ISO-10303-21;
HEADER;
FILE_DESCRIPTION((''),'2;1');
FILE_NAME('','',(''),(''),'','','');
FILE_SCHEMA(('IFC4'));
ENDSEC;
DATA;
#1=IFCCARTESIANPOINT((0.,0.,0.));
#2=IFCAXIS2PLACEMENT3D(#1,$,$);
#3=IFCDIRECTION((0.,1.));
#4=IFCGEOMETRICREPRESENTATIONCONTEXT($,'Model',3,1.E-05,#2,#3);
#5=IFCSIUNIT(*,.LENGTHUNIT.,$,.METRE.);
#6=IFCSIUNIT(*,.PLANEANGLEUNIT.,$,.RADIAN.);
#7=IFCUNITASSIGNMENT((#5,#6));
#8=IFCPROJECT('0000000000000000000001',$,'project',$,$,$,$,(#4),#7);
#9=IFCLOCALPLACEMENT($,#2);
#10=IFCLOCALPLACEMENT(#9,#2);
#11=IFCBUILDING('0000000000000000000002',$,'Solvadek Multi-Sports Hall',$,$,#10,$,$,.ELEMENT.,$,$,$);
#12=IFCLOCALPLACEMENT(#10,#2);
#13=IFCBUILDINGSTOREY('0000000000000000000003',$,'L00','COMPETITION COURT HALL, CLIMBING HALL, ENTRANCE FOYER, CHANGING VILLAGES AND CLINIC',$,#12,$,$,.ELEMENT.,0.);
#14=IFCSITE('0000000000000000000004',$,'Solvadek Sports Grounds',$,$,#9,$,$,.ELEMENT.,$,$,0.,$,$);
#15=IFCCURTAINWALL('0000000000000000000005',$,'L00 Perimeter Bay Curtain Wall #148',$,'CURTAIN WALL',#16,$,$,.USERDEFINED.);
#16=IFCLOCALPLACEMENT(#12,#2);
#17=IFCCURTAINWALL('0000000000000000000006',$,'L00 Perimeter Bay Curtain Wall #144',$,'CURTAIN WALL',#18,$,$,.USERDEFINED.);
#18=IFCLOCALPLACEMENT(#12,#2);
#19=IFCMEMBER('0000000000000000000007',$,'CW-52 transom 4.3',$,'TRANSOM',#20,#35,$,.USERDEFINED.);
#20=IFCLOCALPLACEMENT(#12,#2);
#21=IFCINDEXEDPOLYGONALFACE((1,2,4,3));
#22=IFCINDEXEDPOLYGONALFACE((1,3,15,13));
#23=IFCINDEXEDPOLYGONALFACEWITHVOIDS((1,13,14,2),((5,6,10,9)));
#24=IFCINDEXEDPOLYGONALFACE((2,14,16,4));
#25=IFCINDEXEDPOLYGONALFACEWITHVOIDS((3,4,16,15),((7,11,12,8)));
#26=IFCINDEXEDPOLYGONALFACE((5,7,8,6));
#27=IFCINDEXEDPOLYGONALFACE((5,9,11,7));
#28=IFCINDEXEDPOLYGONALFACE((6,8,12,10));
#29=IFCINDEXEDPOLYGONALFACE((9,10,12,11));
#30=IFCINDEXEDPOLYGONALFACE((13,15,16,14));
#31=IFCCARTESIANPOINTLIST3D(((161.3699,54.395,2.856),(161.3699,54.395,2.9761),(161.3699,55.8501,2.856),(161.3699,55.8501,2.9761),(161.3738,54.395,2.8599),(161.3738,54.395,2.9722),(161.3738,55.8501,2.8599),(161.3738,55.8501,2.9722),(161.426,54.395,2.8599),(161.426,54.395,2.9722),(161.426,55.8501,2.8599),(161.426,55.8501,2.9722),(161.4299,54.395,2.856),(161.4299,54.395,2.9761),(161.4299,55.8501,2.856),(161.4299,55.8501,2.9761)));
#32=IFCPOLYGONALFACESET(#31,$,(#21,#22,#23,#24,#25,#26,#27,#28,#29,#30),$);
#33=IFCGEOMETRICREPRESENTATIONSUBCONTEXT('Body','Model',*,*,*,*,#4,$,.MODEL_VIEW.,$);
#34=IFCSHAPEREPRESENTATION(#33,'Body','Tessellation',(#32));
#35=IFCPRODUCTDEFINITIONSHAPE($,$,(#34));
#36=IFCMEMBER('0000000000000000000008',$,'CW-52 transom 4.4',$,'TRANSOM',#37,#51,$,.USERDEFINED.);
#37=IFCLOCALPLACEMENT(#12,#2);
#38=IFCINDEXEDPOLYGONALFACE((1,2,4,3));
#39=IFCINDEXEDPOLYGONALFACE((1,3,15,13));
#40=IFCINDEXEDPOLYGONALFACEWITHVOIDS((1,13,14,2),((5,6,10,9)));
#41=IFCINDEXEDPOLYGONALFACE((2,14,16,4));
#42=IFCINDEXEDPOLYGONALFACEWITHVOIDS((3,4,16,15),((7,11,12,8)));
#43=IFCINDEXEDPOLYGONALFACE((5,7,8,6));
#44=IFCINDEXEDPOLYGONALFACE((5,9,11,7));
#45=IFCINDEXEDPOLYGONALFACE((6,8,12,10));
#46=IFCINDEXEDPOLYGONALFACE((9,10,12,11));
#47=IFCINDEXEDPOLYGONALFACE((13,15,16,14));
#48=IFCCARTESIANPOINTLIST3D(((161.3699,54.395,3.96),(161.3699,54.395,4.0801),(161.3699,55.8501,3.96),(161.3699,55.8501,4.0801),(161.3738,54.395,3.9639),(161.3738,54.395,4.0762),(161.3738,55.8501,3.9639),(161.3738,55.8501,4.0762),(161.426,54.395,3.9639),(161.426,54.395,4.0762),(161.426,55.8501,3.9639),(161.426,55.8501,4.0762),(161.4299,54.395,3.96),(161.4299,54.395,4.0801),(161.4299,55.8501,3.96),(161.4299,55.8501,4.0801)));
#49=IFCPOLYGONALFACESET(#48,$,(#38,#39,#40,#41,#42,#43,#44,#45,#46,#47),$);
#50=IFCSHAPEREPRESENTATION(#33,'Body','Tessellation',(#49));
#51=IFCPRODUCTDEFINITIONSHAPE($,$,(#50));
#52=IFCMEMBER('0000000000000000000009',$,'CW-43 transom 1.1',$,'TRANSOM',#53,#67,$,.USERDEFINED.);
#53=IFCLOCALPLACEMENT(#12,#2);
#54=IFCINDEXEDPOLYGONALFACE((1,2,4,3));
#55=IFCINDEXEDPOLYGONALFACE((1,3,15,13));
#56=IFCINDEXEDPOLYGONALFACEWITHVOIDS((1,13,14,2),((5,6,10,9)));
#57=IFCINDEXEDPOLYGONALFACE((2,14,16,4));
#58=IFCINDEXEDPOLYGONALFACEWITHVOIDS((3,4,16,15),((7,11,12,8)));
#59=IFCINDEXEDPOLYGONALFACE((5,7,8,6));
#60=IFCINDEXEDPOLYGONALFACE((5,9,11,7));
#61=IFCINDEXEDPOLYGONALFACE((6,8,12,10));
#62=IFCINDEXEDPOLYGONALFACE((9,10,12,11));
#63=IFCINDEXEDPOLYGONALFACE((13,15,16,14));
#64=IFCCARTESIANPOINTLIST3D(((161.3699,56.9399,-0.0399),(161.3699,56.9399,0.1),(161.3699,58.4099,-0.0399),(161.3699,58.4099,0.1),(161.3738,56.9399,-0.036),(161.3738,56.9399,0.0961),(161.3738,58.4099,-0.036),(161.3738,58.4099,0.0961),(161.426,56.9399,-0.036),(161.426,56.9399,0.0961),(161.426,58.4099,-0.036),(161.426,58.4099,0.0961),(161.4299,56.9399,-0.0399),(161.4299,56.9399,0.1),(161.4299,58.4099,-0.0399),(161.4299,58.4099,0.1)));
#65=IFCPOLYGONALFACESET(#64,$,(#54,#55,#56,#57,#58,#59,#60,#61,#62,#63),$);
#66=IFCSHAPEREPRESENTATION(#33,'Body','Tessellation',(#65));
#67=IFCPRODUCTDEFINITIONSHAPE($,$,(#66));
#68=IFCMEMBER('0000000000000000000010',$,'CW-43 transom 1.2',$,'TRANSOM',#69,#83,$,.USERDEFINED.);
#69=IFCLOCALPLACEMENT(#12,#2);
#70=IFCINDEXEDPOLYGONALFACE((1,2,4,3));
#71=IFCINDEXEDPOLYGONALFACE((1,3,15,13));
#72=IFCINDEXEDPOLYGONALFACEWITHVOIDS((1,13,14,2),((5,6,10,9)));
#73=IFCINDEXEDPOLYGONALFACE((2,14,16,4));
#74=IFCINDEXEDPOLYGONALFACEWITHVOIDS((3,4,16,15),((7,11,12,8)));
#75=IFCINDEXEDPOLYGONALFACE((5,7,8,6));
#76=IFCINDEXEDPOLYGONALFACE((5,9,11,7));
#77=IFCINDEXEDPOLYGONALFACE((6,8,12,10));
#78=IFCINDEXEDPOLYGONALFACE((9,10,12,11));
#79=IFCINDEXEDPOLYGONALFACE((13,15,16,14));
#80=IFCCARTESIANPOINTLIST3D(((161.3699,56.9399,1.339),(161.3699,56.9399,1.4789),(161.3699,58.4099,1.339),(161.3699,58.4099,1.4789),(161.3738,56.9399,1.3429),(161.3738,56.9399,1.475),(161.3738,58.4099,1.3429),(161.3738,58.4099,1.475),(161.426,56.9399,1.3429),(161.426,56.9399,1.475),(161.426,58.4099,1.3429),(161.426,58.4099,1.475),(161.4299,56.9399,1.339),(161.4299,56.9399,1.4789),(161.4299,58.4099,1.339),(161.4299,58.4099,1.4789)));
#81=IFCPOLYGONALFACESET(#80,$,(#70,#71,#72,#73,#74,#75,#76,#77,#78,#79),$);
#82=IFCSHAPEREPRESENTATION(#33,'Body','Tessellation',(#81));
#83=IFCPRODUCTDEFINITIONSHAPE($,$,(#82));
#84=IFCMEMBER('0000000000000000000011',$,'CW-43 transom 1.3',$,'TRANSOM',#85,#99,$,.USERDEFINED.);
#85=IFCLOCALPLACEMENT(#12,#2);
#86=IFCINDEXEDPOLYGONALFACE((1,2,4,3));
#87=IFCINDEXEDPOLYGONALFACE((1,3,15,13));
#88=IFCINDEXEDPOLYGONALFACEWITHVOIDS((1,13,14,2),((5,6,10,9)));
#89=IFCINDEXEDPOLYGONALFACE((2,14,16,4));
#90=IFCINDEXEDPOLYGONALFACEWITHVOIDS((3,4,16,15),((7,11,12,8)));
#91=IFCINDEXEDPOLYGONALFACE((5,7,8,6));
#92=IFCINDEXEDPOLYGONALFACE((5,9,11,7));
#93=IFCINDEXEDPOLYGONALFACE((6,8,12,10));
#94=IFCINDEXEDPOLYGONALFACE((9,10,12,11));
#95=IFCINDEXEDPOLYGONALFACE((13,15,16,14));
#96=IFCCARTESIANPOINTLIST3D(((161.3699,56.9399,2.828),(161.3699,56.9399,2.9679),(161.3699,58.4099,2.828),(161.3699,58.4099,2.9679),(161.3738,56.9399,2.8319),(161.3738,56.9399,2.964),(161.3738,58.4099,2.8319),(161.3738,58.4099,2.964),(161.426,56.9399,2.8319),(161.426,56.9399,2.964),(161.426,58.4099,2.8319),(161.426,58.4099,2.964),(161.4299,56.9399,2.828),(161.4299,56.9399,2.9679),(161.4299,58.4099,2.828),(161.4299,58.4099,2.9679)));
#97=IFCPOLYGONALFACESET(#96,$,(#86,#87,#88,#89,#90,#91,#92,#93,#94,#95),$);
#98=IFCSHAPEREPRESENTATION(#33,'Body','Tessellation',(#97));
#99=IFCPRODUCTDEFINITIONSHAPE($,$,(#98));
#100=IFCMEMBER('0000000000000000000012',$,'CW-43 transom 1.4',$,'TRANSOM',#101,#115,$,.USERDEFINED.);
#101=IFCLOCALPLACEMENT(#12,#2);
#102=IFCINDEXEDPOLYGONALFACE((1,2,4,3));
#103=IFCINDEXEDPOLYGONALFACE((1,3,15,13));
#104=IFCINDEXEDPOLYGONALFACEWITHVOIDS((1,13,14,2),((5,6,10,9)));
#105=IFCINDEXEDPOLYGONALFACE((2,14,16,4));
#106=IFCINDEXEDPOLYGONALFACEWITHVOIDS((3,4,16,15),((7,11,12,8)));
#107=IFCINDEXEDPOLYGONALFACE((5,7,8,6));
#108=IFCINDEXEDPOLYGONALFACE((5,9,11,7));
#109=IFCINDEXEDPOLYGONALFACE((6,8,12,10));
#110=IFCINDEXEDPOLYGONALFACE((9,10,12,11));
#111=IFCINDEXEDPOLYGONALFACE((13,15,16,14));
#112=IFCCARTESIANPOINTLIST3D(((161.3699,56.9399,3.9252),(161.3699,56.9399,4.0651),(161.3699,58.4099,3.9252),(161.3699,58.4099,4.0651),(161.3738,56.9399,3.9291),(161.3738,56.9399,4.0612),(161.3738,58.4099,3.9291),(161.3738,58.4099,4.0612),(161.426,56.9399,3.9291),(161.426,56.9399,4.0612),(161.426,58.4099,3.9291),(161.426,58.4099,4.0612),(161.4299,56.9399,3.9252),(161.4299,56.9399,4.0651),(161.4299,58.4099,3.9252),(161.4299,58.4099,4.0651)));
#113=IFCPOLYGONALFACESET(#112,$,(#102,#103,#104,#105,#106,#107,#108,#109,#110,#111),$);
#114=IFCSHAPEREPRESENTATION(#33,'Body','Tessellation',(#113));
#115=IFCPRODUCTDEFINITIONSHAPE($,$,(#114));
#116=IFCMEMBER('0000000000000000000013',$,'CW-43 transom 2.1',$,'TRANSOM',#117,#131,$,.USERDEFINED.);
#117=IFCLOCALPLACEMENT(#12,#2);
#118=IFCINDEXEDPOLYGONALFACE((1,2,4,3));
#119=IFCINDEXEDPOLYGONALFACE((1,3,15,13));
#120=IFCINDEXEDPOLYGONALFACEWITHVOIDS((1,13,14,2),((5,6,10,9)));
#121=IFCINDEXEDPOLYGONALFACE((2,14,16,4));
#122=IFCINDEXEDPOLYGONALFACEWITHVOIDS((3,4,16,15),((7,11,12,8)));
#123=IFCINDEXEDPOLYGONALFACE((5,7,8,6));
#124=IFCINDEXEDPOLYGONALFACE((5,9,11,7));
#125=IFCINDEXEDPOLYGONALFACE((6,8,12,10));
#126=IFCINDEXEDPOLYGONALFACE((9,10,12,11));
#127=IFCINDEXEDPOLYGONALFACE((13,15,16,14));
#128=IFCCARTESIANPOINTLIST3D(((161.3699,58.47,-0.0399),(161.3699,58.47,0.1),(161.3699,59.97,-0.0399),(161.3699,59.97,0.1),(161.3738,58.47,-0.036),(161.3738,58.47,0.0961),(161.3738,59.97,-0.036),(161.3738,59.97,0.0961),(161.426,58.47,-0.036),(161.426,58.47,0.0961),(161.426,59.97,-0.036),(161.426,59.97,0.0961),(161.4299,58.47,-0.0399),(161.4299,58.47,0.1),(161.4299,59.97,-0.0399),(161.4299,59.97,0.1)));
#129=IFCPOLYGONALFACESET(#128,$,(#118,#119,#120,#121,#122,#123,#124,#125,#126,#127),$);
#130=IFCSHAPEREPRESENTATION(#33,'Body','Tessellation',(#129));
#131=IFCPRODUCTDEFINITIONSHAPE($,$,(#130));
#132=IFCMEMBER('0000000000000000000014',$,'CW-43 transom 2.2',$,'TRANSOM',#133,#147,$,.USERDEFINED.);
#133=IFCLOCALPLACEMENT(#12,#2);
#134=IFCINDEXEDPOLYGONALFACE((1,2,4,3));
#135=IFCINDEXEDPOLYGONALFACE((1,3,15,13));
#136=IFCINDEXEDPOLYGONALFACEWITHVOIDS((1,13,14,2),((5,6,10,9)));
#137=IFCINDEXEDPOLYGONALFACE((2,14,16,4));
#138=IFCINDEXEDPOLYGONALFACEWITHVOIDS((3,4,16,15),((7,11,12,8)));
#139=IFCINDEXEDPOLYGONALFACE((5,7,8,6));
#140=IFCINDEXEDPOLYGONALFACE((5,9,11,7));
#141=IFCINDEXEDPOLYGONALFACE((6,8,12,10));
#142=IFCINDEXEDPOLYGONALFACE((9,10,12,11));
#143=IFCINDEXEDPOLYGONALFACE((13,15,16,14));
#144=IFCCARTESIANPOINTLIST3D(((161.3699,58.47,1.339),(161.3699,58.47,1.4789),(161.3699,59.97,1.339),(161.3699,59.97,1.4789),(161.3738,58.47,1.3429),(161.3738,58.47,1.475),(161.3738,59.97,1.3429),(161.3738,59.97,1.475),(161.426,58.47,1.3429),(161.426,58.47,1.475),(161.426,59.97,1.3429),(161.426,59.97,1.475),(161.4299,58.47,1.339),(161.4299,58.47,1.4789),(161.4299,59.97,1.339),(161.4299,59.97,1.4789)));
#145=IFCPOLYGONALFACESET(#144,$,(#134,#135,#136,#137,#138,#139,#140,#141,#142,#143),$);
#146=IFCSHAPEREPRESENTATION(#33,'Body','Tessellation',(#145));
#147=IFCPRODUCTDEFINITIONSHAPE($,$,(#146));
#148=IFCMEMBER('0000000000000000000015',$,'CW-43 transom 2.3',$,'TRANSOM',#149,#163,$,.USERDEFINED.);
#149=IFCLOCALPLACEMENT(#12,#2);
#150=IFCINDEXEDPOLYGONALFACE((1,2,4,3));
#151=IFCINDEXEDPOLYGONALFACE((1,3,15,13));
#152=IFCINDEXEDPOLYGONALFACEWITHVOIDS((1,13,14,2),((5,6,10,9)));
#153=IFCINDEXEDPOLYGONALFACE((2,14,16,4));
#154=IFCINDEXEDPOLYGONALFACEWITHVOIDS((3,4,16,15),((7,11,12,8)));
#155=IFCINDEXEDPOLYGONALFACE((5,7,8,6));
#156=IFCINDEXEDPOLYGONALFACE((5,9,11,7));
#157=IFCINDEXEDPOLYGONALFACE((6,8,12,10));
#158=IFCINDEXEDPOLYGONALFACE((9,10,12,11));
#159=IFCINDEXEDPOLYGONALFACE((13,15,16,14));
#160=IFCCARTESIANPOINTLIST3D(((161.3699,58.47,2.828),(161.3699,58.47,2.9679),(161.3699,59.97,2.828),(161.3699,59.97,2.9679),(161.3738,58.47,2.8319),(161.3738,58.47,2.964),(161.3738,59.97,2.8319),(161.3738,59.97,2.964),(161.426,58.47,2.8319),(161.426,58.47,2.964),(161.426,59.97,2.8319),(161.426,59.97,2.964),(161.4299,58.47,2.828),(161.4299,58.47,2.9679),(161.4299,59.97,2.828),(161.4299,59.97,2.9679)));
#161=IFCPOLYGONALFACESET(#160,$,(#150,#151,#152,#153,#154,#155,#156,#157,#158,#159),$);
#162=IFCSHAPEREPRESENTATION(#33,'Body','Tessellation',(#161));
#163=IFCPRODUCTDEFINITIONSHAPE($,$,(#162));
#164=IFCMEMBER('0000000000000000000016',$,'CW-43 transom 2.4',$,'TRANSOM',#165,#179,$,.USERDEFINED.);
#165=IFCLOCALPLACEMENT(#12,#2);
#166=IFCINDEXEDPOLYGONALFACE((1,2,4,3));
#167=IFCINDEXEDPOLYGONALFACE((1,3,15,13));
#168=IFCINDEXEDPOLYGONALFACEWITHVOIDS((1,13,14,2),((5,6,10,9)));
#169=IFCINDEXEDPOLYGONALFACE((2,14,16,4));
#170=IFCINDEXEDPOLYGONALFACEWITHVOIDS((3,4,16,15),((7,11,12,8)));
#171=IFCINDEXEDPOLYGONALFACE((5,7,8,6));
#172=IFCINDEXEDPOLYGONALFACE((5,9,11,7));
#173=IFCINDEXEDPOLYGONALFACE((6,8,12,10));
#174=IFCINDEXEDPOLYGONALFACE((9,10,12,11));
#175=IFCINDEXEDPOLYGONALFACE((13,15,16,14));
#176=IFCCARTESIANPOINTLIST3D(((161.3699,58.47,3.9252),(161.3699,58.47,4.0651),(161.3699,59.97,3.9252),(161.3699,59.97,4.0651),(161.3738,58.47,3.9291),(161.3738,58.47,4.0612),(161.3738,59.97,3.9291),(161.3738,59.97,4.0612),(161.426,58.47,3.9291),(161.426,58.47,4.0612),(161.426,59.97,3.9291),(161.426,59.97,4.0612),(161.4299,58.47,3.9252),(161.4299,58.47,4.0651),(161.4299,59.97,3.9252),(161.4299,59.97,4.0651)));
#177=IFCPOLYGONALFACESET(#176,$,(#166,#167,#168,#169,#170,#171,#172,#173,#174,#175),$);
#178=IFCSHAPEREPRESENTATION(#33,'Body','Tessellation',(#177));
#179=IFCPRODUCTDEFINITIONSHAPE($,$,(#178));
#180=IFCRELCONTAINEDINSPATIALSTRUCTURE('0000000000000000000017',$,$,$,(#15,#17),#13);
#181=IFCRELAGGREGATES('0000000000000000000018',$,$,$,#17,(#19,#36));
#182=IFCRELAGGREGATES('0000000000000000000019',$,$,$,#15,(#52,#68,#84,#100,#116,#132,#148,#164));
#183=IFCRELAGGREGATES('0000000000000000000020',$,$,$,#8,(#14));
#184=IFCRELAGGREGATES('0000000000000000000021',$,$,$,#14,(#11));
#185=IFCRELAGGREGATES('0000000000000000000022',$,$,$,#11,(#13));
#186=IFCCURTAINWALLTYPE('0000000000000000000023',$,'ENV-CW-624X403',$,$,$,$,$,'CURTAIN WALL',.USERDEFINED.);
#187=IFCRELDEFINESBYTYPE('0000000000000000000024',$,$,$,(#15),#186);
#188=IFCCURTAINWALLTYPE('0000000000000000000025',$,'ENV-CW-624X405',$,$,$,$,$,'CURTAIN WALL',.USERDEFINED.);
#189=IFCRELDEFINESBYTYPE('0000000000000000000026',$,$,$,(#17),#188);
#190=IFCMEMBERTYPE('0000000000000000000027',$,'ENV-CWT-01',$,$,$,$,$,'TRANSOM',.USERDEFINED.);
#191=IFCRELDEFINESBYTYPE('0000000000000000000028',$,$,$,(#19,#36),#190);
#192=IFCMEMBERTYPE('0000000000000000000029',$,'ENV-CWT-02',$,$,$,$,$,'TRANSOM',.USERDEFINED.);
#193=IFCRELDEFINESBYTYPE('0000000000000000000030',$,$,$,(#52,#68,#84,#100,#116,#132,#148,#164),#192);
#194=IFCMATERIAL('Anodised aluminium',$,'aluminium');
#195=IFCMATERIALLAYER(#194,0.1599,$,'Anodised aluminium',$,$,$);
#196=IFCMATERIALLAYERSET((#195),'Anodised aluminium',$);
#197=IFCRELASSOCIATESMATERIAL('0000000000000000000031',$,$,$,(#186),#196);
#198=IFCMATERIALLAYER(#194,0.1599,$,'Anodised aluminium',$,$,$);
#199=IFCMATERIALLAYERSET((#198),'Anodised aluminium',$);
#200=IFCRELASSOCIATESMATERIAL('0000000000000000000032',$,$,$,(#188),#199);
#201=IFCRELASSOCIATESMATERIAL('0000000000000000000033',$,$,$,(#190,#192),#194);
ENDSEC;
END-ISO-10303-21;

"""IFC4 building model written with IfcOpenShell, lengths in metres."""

from ifc_helpers import new_model, si_unit, direction, frame, origin, origin_2d, place, context, subcontext, project, spatial, hollow_rectangle, extrude, material, layer, layer_set, material_profile, profile_set, type_object, element, aggregate, save


model = new_model("IFC4")

# Units and contexts
model_context = context("Model", 3, precision=1e-05, world=origin(), true_north=direction((0.0, 1.0)))
body_context = subcontext(model_context, "Body", "Model", "MODEL_VIEW")
ifc_project = project(units=[si_unit("LENGTHUNIT", "METRE"), si_unit("PLANEANGLEUNIT", "RADIAN")], contexts=[model_context])

# Site, building, storey
site_placement = place(None, origin())
site = spatial("IfcSite", under=ifc_project, at=site_placement, Name="Solvadek Sports Grounds", CompositionType="ELEMENT", RefElevation=0.0)
building_placement = place(site_placement, origin())
building = spatial("IfcBuilding", under=site, at=building_placement, Name="Solvadek Multi-Sports Hall", CompositionType="ELEMENT")
storey_placement = place(building_placement, origin())
storey = spatial("IfcBuildingStorey", under=building, at=storey_placement, Name="L00", Description="COMPETITION COURT HALL, CLIMBING HALL, ENTRANCE FOYER, CHANGING VILLAGES AND CLINIC", CompositionType="ELEMENT", Elevation=0.0)

# Curtain walls, members
ifc_material_1 = material(Name="Anodised aluminium", Category="aluminium")
ifc_layer_1 = layer(ifc_material_1, 0.1599, Name="Anodised aluminium")
ifc_layer_set_1 = layer_set([ifc_layer_1], Name="Anodised aluminium")
curtain_wall_type_1 = type_object("IfcCurtainWallType", Name="ENV-CW-624X403", ElementType="CURTAIN WALL", PredefinedType="USERDEFINED", material=ifc_layer_set_1)
curtain_wall_1_placement = place(storey_placement, origin())
curtain_wall_1 = element("IfcCurtainWall", 1, at=curtain_wall_1_placement, inside=storey, type_object=curtain_wall_type_1, Name="L00 Perimeter Bay Curtain Wall #148", ObjectType="CURTAIN WALL", PredefinedType="USERDEFINED")
ifc_layer_2 = layer(ifc_material_1, 0.1599, Name="Anodised aluminium")
ifc_layer_set_2 = layer_set([ifc_layer_2], Name="Anodised aluminium")
curtain_wall_type_2 = type_object("IfcCurtainWallType", Name="ENV-CW-624X405", ElementType="CURTAIN WALL", PredefinedType="USERDEFINED", material=ifc_layer_set_2)
curtain_wall_2_placement = place(storey_placement, origin())
curtain_wall_2 = element("IfcCurtainWall", 2, at=curtain_wall_2_placement, inside=storey, type_object=curtain_wall_type_2, Name="L00 Perimeter Bay Curtain Wall #144", ObjectType="CURTAIN WALL", PredefinedType="USERDEFINED")
ifc_material_profile_1 = material_profile(ifc_material_1, hollow_rectangle(XDim=0.0601, YDim=0.1201, WallThickness=0.0039, at=origin_2d()), Name="ALU-T 120x60x4")
ifc_profile_set_1 = profile_set([ifc_material_profile_1], Name="Anodised aluminium")
member_type_1 = type_object("IfcMemberType", Name="ENV-CWT-01", ElementType="TRANSOM", PredefinedType="USERDEFINED", material=ifc_profile_set_1)
member_1_placement = place(storey_placement, frame((161.3999, 54.395, 2.916), z_axis=(0.0, 1.0, 0.0), x_axis=(-1.0, 0.0, 0.0)))
member_1 = element("IfcMember", 3, at=member_1_placement, type_object=member_type_1, Name="CW-52 transom 4.3", ObjectType="TRANSOM", PredefinedType="USERDEFINED", context=body_context, shape_type="SweptSolid", body=[
    extrude(hollow_rectangle(XDim=0.0601, YDim=0.1201, WallThickness=0.0039, at=origin_2d()), origin(), (0.0, 0.0, 1.0), 1.4551),
])
member_2_placement = place(storey_placement, frame((161.3999, 54.395, 4.02), z_axis=(0.0, 1.0, 0.0), x_axis=(-1.0, 0.0, 0.0)))
member_2 = element("IfcMember", 4, at=member_2_placement, type_object=member_type_1, Name="CW-52 transom 4.4", ObjectType="TRANSOM", PredefinedType="USERDEFINED", context=body_context, shape_type="SweptSolid", body=[
    extrude(hollow_rectangle(XDim=0.0601, YDim=0.1201, WallThickness=0.0039, at=origin_2d()), origin(), (0.0, 0.0, 1.0), 1.4551),
])

# Members
ifc_material_profile_2 = material_profile(ifc_material_1, hollow_rectangle(XDim=0.0601, YDim=0.1399, WallThickness=0.0039, at=origin_2d()), Name="ALU-T 140x60x4")
ifc_profile_set_2 = profile_set([ifc_material_profile_2], Name="Anodised aluminium")
member_type_2 = type_object("IfcMemberType", Name="ENV-CWT-02", ElementType="TRANSOM", PredefinedType="USERDEFINED", material=ifc_profile_set_2)
member_3_placement = place(storey_placement, frame((161.3999, 56.9399, 0.03), z_axis=(0.0, 1.0, 0.0), x_axis=(-1.0, 0.0, 0.0)))
member_3 = element("IfcMember", 5, at=member_3_placement, type_object=member_type_2, Name="CW-43 transom 1.1", ObjectType="TRANSOM", PredefinedType="USERDEFINED", context=body_context, shape_type="SweptSolid", body=[
    extrude(hollow_rectangle(XDim=0.0601, YDim=0.1399, WallThickness=0.0039, at=origin_2d()), origin(), (0.0, 0.0, 1.0), 1.47),
])
member_4_placement = place(storey_placement, frame((161.3999, 56.9399, 1.4089), z_axis=(0.0, 1.0, 0.0), x_axis=(-1.0, 0.0, 0.0)))
member_4 = element("IfcMember", 6, at=member_4_placement, type_object=member_type_2, Name="CW-43 transom 1.2", ObjectType="TRANSOM", PredefinedType="USERDEFINED", context=body_context, shape_type="SweptSolid", body=[
    extrude(hollow_rectangle(XDim=0.0601, YDim=0.1399, WallThickness=0.0039, at=origin_2d()), origin(), (0.0, 0.0, 1.0), 1.47),
])
member_5_placement = place(storey_placement, frame((161.3999, 56.9399, 2.8979), z_axis=(0.0, 1.0, 0.0), x_axis=(-1.0, 0.0, 0.0)))
member_5 = element("IfcMember", 7, at=member_5_placement, type_object=member_type_2, Name="CW-43 transom 1.3", ObjectType="TRANSOM", PredefinedType="USERDEFINED", context=body_context, shape_type="SweptSolid", body=[
    extrude(hollow_rectangle(XDim=0.0601, YDim=0.1399, WallThickness=0.0039, at=origin_2d()), origin(), (0.0, 0.0, 1.0), 1.47),
])
member_6_placement = place(storey_placement, frame((161.3999, 56.9399, 3.9951), z_axis=(0.0, 1.0, 0.0), x_axis=(-1.0, 0.0, 0.0)))
member_6 = element("IfcMember", 8, at=member_6_placement, type_object=member_type_2, Name="CW-43 transom 1.4", ObjectType="TRANSOM", PredefinedType="USERDEFINED", context=body_context, shape_type="SweptSolid", body=[
    extrude(hollow_rectangle(XDim=0.0601, YDim=0.1399, WallThickness=0.0039, at=origin_2d()), origin(), (0.0, 0.0, 1.0), 1.47),
])
member_7_placement = place(storey_placement, frame((161.3999, 58.47, 0.03), z_axis=(0.0, 1.0, 0.0), x_axis=(-1.0, 0.0, 0.0)))
member_7 = element("IfcMember", 9, at=member_7_placement, type_object=member_type_2, Name="CW-43 transom 2.1", ObjectType="TRANSOM", PredefinedType="USERDEFINED", context=body_context, shape_type="SweptSolid", body=[
    extrude(hollow_rectangle(XDim=0.0601, YDim=0.1399, WallThickness=0.0039, at=origin_2d()), origin(), (0.0, 0.0, 1.0), 1.5),
])
member_8_placement = place(storey_placement, frame((161.3999, 58.47, 1.4089), z_axis=(0.0, 1.0, 0.0), x_axis=(-1.0, 0.0, 0.0)))
member_8 = element("IfcMember", 10, at=member_8_placement, type_object=member_type_2, Name="CW-43 transom 2.2", ObjectType="TRANSOM", PredefinedType="USERDEFINED", context=body_context, shape_type="SweptSolid", body=[
    extrude(hollow_rectangle(XDim=0.0601, YDim=0.1399, WallThickness=0.0039, at=origin_2d()), origin(), (0.0, 0.0, 1.0), 1.5),
])
member_9_placement = place(storey_placement, frame((161.3999, 58.47, 2.8979), z_axis=(0.0, 1.0, 0.0), x_axis=(-1.0, 0.0, 0.0)))
member_9 = element("IfcMember", 11, at=member_9_placement, type_object=member_type_2, Name="CW-43 transom 2.3", ObjectType="TRANSOM", PredefinedType="USERDEFINED", context=body_context, shape_type="SweptSolid", body=[
    extrude(hollow_rectangle(XDim=0.0601, YDim=0.1399, WallThickness=0.0039, at=origin_2d()), origin(), (0.0, 0.0, 1.0), 1.5),
])
member_10_placement = place(storey_placement, frame((161.3999, 58.47, 3.9951), z_axis=(0.0, 1.0, 0.0), x_axis=(-1.0, 0.0, 0.0)))
member_10 = element("IfcMember", 12, at=member_10_placement, type_object=member_type_2, Name="CW-43 transom 2.4", ObjectType="TRANSOM", PredefinedType="USERDEFINED", context=body_context, shape_type="SweptSolid", body=[
    extrude(hollow_rectangle(XDim=0.0601, YDim=0.1399, WallThickness=0.0039, at=origin_2d()), origin(), (0.0, 0.0, 1.0), 1.5),
])

aggregate(curtain_wall_2, [member_1, member_2])
aggregate(curtain_wall_1, [member_3, member_4, member_5, member_6, member_7, member_8, member_9, member_10])

save(model, "model.ifc")
